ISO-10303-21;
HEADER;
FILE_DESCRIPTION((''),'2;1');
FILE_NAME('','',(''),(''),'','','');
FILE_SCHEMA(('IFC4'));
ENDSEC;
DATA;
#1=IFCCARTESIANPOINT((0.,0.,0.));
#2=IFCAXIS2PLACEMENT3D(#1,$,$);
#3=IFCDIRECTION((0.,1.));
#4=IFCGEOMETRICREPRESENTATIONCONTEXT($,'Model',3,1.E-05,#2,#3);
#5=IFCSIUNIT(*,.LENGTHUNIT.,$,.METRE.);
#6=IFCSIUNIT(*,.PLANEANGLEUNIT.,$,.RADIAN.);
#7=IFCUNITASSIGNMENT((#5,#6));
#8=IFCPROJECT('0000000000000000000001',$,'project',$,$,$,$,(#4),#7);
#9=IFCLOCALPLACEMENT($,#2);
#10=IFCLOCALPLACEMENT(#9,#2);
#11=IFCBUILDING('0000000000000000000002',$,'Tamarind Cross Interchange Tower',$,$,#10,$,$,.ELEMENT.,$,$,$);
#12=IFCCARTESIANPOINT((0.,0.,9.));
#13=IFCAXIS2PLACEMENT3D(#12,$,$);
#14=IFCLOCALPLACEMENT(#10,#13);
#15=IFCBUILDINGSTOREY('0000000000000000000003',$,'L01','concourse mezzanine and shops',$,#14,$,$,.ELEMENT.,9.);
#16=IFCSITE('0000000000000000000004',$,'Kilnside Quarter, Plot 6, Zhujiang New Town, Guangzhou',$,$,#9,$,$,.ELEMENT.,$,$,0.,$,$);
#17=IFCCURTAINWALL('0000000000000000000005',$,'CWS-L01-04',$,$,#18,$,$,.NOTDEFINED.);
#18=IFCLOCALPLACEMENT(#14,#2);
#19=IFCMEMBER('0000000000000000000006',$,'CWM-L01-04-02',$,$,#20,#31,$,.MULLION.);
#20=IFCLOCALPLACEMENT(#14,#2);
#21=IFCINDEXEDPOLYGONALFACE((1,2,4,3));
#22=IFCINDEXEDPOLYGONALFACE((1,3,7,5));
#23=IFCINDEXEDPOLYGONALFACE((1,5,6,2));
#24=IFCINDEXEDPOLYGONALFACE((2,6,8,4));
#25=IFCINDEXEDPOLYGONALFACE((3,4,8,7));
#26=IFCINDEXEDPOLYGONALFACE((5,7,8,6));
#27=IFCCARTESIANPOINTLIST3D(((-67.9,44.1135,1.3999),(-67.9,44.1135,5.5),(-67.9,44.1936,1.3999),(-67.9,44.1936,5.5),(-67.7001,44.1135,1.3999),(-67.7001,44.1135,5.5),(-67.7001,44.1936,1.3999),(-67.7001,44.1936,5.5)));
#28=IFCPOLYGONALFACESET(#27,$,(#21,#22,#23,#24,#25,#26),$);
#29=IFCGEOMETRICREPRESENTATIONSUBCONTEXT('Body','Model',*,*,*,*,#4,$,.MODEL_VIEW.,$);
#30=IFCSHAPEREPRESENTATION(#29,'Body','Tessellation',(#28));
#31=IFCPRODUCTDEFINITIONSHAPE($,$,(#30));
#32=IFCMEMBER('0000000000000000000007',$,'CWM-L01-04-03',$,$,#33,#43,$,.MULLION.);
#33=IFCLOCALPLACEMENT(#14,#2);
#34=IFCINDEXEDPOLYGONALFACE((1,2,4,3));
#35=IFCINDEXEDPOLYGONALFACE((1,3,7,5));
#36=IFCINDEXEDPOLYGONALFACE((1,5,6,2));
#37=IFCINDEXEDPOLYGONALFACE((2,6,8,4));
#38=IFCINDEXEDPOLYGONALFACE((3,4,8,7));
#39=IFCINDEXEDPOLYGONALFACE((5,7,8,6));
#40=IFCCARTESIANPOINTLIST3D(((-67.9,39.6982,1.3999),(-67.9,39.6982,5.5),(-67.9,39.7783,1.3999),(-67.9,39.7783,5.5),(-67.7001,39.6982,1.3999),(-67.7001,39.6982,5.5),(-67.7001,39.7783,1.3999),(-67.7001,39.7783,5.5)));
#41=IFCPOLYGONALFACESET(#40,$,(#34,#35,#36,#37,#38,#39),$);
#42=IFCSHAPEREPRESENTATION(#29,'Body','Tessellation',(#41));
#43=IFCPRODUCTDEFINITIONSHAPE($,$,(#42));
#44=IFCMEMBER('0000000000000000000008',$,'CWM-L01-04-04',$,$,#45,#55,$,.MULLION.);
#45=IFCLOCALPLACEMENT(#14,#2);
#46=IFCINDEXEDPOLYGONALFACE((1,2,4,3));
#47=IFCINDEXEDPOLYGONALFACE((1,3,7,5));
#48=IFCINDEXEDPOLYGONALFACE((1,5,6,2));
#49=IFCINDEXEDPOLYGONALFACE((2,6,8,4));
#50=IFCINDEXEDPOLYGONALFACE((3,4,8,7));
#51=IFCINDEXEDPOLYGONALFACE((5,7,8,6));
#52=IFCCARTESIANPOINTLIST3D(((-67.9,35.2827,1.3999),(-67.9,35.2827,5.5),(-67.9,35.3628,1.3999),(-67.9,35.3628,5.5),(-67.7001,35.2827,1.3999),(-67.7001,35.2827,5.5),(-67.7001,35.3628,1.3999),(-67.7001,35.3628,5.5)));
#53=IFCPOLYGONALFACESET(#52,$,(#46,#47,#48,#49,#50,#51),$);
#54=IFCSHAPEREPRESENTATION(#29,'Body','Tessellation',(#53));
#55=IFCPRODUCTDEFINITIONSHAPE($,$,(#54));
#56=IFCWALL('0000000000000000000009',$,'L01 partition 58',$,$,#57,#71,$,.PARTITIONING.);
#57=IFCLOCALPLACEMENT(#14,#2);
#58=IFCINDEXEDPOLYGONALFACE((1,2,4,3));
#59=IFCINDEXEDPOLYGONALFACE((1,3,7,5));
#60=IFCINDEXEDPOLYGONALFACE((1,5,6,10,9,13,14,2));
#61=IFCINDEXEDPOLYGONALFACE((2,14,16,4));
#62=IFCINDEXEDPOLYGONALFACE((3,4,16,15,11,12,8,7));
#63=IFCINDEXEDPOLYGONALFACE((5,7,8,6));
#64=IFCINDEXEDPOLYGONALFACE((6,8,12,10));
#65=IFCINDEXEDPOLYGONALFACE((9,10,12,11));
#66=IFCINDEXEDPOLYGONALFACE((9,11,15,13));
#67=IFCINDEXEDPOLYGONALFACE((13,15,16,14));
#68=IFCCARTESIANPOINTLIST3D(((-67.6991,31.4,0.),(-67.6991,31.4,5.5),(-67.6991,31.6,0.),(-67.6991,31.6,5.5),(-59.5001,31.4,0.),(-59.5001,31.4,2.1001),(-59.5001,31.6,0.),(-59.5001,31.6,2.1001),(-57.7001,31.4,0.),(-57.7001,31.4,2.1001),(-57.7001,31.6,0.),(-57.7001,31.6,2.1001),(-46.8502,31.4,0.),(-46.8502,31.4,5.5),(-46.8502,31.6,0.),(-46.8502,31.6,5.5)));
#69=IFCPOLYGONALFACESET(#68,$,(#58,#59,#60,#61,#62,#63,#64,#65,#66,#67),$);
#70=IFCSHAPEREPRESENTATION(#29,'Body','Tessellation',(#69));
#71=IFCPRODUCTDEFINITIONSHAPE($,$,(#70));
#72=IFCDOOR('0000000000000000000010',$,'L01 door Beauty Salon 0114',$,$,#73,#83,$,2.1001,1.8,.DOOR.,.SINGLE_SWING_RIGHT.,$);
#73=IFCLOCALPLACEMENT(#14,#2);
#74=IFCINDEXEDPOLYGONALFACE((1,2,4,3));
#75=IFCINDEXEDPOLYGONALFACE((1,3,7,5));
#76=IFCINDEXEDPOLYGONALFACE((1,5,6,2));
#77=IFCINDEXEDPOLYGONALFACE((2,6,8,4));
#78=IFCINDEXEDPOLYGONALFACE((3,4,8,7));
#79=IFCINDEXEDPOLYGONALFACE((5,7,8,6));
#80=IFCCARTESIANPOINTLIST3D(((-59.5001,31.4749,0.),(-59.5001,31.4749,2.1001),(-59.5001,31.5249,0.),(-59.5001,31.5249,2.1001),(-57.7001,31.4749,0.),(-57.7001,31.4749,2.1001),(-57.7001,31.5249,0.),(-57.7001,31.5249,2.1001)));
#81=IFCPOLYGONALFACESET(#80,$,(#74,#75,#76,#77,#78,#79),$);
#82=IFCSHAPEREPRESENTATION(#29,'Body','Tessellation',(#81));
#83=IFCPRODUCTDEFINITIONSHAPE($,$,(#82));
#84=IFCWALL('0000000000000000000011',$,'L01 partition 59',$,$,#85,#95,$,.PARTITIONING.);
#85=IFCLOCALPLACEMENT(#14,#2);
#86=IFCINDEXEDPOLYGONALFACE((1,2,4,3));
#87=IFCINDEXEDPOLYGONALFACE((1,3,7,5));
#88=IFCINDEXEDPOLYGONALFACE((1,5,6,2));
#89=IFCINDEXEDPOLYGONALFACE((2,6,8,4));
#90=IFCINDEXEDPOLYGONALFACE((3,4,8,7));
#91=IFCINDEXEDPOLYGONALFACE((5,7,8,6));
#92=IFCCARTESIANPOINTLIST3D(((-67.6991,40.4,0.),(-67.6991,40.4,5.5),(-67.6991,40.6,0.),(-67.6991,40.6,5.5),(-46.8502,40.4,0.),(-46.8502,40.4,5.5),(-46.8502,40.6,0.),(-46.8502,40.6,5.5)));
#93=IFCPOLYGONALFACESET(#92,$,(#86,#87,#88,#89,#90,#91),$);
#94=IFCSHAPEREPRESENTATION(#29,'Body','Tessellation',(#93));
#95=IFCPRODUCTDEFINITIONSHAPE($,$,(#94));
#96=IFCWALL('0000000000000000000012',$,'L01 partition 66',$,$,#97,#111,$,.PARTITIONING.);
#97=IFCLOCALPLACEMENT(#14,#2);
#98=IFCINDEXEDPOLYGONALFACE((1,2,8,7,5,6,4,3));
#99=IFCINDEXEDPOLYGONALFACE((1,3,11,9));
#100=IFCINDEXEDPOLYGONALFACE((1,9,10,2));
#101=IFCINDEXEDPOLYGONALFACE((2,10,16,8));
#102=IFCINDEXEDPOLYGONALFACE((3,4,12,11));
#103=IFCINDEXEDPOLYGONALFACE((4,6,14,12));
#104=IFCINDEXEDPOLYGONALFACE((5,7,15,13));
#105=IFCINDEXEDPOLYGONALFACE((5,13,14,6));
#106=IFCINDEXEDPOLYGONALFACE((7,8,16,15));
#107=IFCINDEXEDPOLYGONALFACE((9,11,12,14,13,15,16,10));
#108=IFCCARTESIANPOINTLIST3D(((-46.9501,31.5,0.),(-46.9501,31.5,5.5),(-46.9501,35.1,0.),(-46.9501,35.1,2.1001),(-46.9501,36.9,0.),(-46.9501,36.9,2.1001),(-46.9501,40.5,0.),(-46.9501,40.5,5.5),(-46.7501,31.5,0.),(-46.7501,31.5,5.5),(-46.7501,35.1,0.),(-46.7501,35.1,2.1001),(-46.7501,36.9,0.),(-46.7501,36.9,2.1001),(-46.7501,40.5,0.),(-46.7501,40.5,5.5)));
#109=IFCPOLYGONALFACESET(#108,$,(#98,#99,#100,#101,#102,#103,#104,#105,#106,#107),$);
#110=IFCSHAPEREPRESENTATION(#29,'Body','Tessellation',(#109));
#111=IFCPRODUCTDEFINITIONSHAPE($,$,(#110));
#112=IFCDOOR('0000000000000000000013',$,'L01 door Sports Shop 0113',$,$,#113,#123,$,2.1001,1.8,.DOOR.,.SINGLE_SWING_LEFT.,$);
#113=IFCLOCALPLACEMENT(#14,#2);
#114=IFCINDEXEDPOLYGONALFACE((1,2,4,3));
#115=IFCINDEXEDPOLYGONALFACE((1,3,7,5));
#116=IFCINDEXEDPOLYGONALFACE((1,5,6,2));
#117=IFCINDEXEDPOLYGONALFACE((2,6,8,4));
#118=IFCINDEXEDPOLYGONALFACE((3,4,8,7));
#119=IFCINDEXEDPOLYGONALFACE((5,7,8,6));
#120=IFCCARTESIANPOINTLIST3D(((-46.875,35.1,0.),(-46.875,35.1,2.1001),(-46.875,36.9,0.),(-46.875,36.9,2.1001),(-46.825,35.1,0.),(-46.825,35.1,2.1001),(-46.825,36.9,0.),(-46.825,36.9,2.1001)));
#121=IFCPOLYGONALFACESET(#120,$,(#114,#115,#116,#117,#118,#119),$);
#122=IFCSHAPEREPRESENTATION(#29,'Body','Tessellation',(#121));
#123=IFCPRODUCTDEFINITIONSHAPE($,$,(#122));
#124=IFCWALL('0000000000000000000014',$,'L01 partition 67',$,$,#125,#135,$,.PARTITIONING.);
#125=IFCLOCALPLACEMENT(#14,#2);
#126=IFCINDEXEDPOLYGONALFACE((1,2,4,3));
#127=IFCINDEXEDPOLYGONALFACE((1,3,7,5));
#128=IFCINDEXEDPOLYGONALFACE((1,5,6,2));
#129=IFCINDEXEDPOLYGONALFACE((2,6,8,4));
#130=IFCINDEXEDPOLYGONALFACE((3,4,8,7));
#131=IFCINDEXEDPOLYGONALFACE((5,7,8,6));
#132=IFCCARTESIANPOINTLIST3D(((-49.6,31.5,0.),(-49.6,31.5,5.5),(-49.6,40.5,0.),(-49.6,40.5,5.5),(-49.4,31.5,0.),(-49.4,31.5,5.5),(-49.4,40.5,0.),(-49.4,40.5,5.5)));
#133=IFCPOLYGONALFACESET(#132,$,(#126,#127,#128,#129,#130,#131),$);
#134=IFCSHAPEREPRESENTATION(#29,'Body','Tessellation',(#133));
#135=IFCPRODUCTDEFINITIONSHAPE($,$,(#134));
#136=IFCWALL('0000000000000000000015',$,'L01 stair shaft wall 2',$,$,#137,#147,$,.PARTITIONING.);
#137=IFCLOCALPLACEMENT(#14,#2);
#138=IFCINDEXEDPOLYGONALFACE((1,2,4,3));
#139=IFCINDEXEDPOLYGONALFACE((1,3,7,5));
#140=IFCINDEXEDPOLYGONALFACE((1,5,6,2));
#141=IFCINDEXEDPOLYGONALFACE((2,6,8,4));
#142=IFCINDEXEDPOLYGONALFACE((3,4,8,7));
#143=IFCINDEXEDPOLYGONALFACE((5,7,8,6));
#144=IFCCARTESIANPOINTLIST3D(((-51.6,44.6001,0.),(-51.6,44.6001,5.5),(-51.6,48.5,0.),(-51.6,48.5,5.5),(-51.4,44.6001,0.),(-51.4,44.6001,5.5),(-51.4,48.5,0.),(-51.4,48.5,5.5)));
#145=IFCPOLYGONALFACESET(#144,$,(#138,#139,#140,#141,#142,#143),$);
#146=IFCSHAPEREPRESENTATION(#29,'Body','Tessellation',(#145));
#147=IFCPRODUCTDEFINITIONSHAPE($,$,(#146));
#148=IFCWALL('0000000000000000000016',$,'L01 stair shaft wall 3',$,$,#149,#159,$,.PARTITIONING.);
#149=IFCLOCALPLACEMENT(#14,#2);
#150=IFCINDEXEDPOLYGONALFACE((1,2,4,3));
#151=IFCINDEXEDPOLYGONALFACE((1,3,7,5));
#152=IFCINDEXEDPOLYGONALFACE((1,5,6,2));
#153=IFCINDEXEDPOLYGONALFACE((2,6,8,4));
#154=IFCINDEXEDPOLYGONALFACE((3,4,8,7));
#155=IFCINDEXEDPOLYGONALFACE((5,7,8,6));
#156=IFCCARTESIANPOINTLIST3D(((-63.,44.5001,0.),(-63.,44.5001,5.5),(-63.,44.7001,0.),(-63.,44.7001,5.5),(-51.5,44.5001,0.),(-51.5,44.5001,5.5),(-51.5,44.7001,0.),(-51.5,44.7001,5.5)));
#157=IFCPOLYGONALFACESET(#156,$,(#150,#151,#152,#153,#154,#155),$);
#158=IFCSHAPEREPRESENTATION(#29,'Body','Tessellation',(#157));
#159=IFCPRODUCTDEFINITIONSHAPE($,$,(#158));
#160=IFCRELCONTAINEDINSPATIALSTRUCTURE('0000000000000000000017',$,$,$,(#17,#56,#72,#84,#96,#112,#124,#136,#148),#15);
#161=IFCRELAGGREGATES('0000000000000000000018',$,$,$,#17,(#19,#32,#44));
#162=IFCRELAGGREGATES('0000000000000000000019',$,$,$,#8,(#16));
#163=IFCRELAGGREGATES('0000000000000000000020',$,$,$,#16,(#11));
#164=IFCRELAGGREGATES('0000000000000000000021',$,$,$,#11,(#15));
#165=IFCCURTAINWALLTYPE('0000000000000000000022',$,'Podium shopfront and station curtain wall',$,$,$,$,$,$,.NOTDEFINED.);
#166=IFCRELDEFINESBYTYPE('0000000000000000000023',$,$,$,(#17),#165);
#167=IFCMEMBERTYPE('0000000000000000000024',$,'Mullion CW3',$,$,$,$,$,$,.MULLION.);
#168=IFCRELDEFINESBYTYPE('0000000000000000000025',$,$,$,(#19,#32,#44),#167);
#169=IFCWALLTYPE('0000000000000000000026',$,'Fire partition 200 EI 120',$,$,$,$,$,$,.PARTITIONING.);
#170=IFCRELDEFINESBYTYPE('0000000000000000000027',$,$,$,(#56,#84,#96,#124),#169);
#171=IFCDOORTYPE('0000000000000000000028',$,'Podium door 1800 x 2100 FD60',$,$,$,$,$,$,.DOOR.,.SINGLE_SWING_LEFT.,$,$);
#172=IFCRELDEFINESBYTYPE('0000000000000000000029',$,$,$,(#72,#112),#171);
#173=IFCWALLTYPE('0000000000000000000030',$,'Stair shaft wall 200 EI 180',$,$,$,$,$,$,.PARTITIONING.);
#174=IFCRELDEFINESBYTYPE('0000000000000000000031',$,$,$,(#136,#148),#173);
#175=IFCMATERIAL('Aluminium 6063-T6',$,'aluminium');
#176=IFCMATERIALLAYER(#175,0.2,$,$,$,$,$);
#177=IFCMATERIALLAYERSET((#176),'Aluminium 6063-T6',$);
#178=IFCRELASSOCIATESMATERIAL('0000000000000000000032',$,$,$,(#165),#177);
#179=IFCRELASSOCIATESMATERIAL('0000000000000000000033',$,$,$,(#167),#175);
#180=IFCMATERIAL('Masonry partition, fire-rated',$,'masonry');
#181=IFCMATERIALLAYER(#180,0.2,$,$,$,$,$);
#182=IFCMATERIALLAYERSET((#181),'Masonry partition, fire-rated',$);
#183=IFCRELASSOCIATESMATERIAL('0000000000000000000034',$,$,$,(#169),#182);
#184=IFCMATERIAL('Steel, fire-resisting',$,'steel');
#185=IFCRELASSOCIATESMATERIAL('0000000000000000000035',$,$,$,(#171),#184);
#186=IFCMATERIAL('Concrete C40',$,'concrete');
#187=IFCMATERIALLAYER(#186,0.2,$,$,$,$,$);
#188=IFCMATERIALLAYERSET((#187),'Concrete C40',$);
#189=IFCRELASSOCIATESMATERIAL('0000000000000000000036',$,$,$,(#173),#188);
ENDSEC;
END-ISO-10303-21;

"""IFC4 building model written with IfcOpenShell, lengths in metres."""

from ifc_helpers import new_model, si_unit, direction, frame, frame_2d, origin, origin_2d, place, context, subcontext, project, spatial, rectangle, extrude, material, layer, layer_set, material_profile, profile_set, type_object, element, fill, aggregate, save


model = new_model("IFC4")

# Units and contexts
model_context = context("Model", 3, precision=1e-05, world=origin(), true_north=direction((0.0, 1.0)))
body_context = subcontext(model_context, "Body", "Model", "MODEL_VIEW")
ifc_project = project(units=[si_unit("LENGTHUNIT", "METRE"), si_unit("PLANEANGLEUNIT", "RADIAN")], contexts=[model_context])

# Site, building, storey
site_placement = place(None, origin())
site = spatial("IfcSite", under=ifc_project, at=site_placement, Name="Kilnside Quarter, Plot 6, Zhujiang New Town, Guangzhou", CompositionType="ELEMENT", RefElevation=0.0)
building_placement = place(site_placement, origin())
building = spatial("IfcBuilding", under=site, at=building_placement, Name="Tamarind Cross Interchange Tower", CompositionType="ELEMENT")
storey_placement = place(building_placement, frame((0.0, 0.0, 9.0)))
storey = spatial("IfcBuildingStorey", under=building, at=storey_placement, Name="L01", Description="concourse mezzanine and shops", CompositionType="ELEMENT", Elevation=9.0)

# Curtain wall, members
ifc_material_1 = material(Name="Aluminium 6063-T6", Category="aluminium")
ifc_layer_1 = layer(ifc_material_1, 0.2)
ifc_layer_set_1 = layer_set([ifc_layer_1], Name="Aluminium 6063-T6")
curtain_wall_type = type_object("IfcCurtainWallType", Name="Podium shopfront and station curtain wall", PredefinedType="NOTDEFINED", material=ifc_layer_set_1)
curtain_wall_placement = place(storey_placement, origin())
curtain_wall = element("IfcCurtainWall", 1, at=curtain_wall_placement, inside=storey, type_object=curtain_wall_type, Name="CWS-L01-04", PredefinedType="NOTDEFINED")
ifc_material_profile = material_profile(ifc_material_1, rectangle(XDim=0.0801, YDim=0.2, at=origin_2d()), Name="Mullion CW3")
ifc_profile_set = profile_set([ifc_material_profile], Name="Aluminium 6063-T6")
member_type = type_object("IfcMemberType", Name="Mullion CW3", PredefinedType="MULLION", material=ifc_profile_set)
member_1_placement = place(storey_placement, frame((-67.8, 44.1536, 1.3999), z_axis=(0.0, 0.0, 1.0), x_axis=(0.0, -1.0, 0.0)))
member_1 = element("IfcMember", 2, at=member_1_placement, type_object=member_type, Name="CWM-L01-04-02", PredefinedType="MULLION", context=body_context, shape_type="SweptSolid", body=[
    extrude(rectangle(XDim=0.0801, YDim=0.2, at=origin_2d()), origin(), (0.0, 0.0, 1.0), 4.1001),
])
member_2_placement = place(storey_placement, frame((-67.8, 39.7383, 1.3999), z_axis=(0.0, 0.0, 1.0), x_axis=(0.0, -1.0, 0.0)))
member_2 = element("IfcMember", 3, at=member_2_placement, type_object=member_type, Name="CWM-L01-04-03", PredefinedType="MULLION", context=body_context, shape_type="SweptSolid", body=[
    extrude(rectangle(XDim=0.0801, YDim=0.2, at=origin_2d()), origin(), (0.0, 0.0, 1.0), 4.1001),
])
member_3_placement = place(storey_placement, frame((-67.8, 35.3228, 1.3999), z_axis=(0.0, 0.0, 1.0), x_axis=(0.0, -1.0, 0.0)))
member_3 = element("IfcMember", 4, at=member_3_placement, type_object=member_type, Name="CWM-L01-04-04", PredefinedType="MULLION", context=body_context, shape_type="SweptSolid", body=[
    extrude(rectangle(XDim=0.0801, YDim=0.2, at=origin_2d()), origin(), (0.0, 0.0, 1.0), 4.1001),
])
aggregate(curtain_wall, [member_1, member_2, member_3])

# Wall, opening, door
ifc_material_2 = material(Name="Masonry partition, fire-rated", Category="masonry")
ifc_layer_2 = layer(ifc_material_2, 0.2)
ifc_layer_set_2 = layer_set([ifc_layer_2], Name="Masonry partition, fire-rated")
wall_type_1 = type_object("IfcWallType", Name="Fire partition 200 EI 120", PredefinedType="PARTITIONING", material=ifc_layer_set_2)
wall_1_placement = place(storey_placement, frame((-67.699, 31.5, 0.0), z_axis=(0.0, 0.0, 1.0), x_axis=(1.0, 0.0, 0.0)))
wall_1 = element("IfcWall", 5, at=wall_1_placement, inside=storey, type_object=wall_type_1, Name="L01 partition 58", PredefinedType="PARTITIONING", context=body_context, shape_type="SweptSolid", body=[
    extrude(rectangle(XDim=20.8489, YDim=0.2, at=frame_2d((10.4243, 0.0))), origin(), (0.0, 0.0, 1.0), 5.5),
])
opening_1_placement = place(wall_1_placement, frame((8.199, 0.0, 0.0)))
opening_1 = element("IfcOpeningElement", 6, at=opening_1_placement, cuts=wall_1, PredefinedType="OPENING", context=body_context, shape_type="SweptSolid", body=[
    extrude(rectangle(XDim=1.8, YDim=2.1001, at=frame_2d((0.8999, 1.05))), frame((0.0, 0.1099, 0.0), z_axis=(0.0, -1.0, 0.0), x_axis=(1.0, 0.0, 0.0)), (0.0, 0.0, 1.0), 0.22),
])
ifc_material_3 = material(Name="Steel, fire-resisting", Category="steel")
door_type_1 = type_object("IfcDoorType", Name="Podium door 1800 x 2100 FD60", OperationType="SINGLE_SWING_LEFT", PredefinedType="DOOR", material=ifc_material_3)
door_1_placement = place(opening_1_placement, origin())
door_1 = element("IfcDoor", 7, at=door_1_placement, inside=storey, type_object=door_type_1, Name="L01 door Beauty Salon 0114", OperationType="SINGLE_SWING_RIGHT", OverallHeight=2.1001, OverallWidth=1.8, PredefinedType="DOOR", context=body_context, shape_type="SweptSolid", body=[
    extrude(rectangle(XDim=1.8, YDim=2.1001, at=frame_2d((0.8999, 1.05))), frame((0.0, 0.0249, 0.0), z_axis=(0.0, -1.0, 0.0), x_axis=(1.0, 0.0, 0.0)), (0.0, 0.0, 1.0), 0.05),
])
fill(opening_1, door_1)

# Wall
wall_2_placement = place(storey_placement, frame((-67.699, 40.5, 0.0), z_axis=(0.0, 0.0, 1.0), x_axis=(1.0, 0.0, 0.0)))
element("IfcWall", 8, at=wall_2_placement, inside=storey, type_object=wall_type_1, Name="L01 partition 59", PredefinedType="PARTITIONING", context=body_context, shape_type="SweptSolid", body=[
    extrude(rectangle(XDim=20.8489, YDim=0.2, at=frame_2d((10.4243, 0.0))), origin(), (0.0, 0.0, 1.0), 5.5),
])

# Wall, opening, door
wall_3_placement = place(storey_placement, frame((-46.8501, 31.5, 0.0), z_axis=(0.0, 0.0, 1.0), x_axis=(0.0, 1.0, 0.0)))
wall_3 = element("IfcWall", 9, at=wall_3_placement, inside=storey, type_object=wall_type_1, Name="L01 partition 66", PredefinedType="PARTITIONING", context=body_context, shape_type="SweptSolid", body=[
    extrude(rectangle(XDim=9.0, YDim=0.2, at=frame_2d((4.5, 0.0))), origin(), (0.0, 0.0, 1.0), 5.5),
])
opening_2_placement = place(wall_3_placement, frame((3.6001, 0.0, 0.0)))
opening_2 = element("IfcOpeningElement", 10, at=opening_2_placement, cuts=wall_3, PredefinedType="OPENING", context=body_context, shape_type="SweptSolid", body=[
    extrude(rectangle(XDim=1.8, YDim=2.1001, at=frame_2d((0.8999, 1.05))), frame((0.0, 0.1099, 0.0), z_axis=(0.0, -1.0, 0.0), x_axis=(1.0, 0.0, 0.0)), (0.0, 0.0, 1.0), 0.22),
])
door_2_placement = place(opening_2_placement, origin())
door_2 = element("IfcDoor", 11, at=door_2_placement, inside=storey, type_object=door_type_1, Name="L01 door Sports Shop 0113", OperationType="SINGLE_SWING_LEFT", OverallHeight=2.1001, OverallWidth=1.8, PredefinedType="DOOR", context=body_context, shape_type="SweptSolid", body=[
    extrude(rectangle(XDim=1.8, YDim=2.1001, at=frame_2d((0.8999, 1.05))), frame((0.0, 0.0249, 0.0), z_axis=(0.0, -1.0, 0.0), x_axis=(1.0, 0.0, 0.0)), (0.0, 0.0, 1.0), 0.05),
])
fill(opening_2, door_2)

# Walls
wall_4_placement = place(storey_placement, frame((-49.5, 31.5, 0.0), z_axis=(0.0, 0.0, 1.0), x_axis=(0.0, 1.0, 0.0)))
element("IfcWall", 12, at=wall_4_placement, inside=storey, type_object=wall_type_1, Name="L01 partition 67", PredefinedType="PARTITIONING", context=body_context, shape_type="SweptSolid", body=[
    extrude(rectangle(XDim=9.0, YDim=0.2, at=frame_2d((4.5, 0.0))), origin(), (0.0, 0.0, 1.0), 5.5),
])
ifc_material_4 = material(Name="Concrete C40", Category="concrete")
ifc_layer_3 = layer(ifc_material_4, 0.2)
ifc_layer_set_3 = layer_set([ifc_layer_3], Name="Concrete C40")
wall_type_2 = type_object("IfcWallType", Name="Stair shaft wall 200 EI 180", PredefinedType="PARTITIONING", material=ifc_layer_set_3)
wall_5_placement = place(storey_placement, frame((-51.5, 44.6001, 0.0), z_axis=(0.0, 0.0, 1.0), x_axis=(0.0, 1.0, 0.0)))
element("IfcWall", 13, at=wall_5_placement, inside=storey, type_object=wall_type_2, Name="L01 stair shaft wall 2", PredefinedType="PARTITIONING", context=body_context, shape_type="SweptSolid", body=[
    extrude(rectangle(XDim=3.8999, YDim=0.2, at=frame_2d((1.95, 0.0))), origin(), (0.0, 0.0, 1.0), 5.5),
])
wall_6_placement = place(storey_placement, frame((-63.0, 44.6001, 0.0), z_axis=(0.0, 0.0, 1.0), x_axis=(1.0, 0.0, 0.0)))
element("IfcWall", 14, at=wall_6_placement, inside=storey, type_object=wall_type_2, Name="L01 stair shaft wall 3", PredefinedType="PARTITIONING", context=body_context, shape_type="SweptSolid", body=[
    extrude(rectangle(XDim=11.5, YDim=0.2, at=frame_2d((5.75, 0.0))), origin(), (0.0, 0.0, 1.0), 5.5),
])

save(model, "model.ifc")
